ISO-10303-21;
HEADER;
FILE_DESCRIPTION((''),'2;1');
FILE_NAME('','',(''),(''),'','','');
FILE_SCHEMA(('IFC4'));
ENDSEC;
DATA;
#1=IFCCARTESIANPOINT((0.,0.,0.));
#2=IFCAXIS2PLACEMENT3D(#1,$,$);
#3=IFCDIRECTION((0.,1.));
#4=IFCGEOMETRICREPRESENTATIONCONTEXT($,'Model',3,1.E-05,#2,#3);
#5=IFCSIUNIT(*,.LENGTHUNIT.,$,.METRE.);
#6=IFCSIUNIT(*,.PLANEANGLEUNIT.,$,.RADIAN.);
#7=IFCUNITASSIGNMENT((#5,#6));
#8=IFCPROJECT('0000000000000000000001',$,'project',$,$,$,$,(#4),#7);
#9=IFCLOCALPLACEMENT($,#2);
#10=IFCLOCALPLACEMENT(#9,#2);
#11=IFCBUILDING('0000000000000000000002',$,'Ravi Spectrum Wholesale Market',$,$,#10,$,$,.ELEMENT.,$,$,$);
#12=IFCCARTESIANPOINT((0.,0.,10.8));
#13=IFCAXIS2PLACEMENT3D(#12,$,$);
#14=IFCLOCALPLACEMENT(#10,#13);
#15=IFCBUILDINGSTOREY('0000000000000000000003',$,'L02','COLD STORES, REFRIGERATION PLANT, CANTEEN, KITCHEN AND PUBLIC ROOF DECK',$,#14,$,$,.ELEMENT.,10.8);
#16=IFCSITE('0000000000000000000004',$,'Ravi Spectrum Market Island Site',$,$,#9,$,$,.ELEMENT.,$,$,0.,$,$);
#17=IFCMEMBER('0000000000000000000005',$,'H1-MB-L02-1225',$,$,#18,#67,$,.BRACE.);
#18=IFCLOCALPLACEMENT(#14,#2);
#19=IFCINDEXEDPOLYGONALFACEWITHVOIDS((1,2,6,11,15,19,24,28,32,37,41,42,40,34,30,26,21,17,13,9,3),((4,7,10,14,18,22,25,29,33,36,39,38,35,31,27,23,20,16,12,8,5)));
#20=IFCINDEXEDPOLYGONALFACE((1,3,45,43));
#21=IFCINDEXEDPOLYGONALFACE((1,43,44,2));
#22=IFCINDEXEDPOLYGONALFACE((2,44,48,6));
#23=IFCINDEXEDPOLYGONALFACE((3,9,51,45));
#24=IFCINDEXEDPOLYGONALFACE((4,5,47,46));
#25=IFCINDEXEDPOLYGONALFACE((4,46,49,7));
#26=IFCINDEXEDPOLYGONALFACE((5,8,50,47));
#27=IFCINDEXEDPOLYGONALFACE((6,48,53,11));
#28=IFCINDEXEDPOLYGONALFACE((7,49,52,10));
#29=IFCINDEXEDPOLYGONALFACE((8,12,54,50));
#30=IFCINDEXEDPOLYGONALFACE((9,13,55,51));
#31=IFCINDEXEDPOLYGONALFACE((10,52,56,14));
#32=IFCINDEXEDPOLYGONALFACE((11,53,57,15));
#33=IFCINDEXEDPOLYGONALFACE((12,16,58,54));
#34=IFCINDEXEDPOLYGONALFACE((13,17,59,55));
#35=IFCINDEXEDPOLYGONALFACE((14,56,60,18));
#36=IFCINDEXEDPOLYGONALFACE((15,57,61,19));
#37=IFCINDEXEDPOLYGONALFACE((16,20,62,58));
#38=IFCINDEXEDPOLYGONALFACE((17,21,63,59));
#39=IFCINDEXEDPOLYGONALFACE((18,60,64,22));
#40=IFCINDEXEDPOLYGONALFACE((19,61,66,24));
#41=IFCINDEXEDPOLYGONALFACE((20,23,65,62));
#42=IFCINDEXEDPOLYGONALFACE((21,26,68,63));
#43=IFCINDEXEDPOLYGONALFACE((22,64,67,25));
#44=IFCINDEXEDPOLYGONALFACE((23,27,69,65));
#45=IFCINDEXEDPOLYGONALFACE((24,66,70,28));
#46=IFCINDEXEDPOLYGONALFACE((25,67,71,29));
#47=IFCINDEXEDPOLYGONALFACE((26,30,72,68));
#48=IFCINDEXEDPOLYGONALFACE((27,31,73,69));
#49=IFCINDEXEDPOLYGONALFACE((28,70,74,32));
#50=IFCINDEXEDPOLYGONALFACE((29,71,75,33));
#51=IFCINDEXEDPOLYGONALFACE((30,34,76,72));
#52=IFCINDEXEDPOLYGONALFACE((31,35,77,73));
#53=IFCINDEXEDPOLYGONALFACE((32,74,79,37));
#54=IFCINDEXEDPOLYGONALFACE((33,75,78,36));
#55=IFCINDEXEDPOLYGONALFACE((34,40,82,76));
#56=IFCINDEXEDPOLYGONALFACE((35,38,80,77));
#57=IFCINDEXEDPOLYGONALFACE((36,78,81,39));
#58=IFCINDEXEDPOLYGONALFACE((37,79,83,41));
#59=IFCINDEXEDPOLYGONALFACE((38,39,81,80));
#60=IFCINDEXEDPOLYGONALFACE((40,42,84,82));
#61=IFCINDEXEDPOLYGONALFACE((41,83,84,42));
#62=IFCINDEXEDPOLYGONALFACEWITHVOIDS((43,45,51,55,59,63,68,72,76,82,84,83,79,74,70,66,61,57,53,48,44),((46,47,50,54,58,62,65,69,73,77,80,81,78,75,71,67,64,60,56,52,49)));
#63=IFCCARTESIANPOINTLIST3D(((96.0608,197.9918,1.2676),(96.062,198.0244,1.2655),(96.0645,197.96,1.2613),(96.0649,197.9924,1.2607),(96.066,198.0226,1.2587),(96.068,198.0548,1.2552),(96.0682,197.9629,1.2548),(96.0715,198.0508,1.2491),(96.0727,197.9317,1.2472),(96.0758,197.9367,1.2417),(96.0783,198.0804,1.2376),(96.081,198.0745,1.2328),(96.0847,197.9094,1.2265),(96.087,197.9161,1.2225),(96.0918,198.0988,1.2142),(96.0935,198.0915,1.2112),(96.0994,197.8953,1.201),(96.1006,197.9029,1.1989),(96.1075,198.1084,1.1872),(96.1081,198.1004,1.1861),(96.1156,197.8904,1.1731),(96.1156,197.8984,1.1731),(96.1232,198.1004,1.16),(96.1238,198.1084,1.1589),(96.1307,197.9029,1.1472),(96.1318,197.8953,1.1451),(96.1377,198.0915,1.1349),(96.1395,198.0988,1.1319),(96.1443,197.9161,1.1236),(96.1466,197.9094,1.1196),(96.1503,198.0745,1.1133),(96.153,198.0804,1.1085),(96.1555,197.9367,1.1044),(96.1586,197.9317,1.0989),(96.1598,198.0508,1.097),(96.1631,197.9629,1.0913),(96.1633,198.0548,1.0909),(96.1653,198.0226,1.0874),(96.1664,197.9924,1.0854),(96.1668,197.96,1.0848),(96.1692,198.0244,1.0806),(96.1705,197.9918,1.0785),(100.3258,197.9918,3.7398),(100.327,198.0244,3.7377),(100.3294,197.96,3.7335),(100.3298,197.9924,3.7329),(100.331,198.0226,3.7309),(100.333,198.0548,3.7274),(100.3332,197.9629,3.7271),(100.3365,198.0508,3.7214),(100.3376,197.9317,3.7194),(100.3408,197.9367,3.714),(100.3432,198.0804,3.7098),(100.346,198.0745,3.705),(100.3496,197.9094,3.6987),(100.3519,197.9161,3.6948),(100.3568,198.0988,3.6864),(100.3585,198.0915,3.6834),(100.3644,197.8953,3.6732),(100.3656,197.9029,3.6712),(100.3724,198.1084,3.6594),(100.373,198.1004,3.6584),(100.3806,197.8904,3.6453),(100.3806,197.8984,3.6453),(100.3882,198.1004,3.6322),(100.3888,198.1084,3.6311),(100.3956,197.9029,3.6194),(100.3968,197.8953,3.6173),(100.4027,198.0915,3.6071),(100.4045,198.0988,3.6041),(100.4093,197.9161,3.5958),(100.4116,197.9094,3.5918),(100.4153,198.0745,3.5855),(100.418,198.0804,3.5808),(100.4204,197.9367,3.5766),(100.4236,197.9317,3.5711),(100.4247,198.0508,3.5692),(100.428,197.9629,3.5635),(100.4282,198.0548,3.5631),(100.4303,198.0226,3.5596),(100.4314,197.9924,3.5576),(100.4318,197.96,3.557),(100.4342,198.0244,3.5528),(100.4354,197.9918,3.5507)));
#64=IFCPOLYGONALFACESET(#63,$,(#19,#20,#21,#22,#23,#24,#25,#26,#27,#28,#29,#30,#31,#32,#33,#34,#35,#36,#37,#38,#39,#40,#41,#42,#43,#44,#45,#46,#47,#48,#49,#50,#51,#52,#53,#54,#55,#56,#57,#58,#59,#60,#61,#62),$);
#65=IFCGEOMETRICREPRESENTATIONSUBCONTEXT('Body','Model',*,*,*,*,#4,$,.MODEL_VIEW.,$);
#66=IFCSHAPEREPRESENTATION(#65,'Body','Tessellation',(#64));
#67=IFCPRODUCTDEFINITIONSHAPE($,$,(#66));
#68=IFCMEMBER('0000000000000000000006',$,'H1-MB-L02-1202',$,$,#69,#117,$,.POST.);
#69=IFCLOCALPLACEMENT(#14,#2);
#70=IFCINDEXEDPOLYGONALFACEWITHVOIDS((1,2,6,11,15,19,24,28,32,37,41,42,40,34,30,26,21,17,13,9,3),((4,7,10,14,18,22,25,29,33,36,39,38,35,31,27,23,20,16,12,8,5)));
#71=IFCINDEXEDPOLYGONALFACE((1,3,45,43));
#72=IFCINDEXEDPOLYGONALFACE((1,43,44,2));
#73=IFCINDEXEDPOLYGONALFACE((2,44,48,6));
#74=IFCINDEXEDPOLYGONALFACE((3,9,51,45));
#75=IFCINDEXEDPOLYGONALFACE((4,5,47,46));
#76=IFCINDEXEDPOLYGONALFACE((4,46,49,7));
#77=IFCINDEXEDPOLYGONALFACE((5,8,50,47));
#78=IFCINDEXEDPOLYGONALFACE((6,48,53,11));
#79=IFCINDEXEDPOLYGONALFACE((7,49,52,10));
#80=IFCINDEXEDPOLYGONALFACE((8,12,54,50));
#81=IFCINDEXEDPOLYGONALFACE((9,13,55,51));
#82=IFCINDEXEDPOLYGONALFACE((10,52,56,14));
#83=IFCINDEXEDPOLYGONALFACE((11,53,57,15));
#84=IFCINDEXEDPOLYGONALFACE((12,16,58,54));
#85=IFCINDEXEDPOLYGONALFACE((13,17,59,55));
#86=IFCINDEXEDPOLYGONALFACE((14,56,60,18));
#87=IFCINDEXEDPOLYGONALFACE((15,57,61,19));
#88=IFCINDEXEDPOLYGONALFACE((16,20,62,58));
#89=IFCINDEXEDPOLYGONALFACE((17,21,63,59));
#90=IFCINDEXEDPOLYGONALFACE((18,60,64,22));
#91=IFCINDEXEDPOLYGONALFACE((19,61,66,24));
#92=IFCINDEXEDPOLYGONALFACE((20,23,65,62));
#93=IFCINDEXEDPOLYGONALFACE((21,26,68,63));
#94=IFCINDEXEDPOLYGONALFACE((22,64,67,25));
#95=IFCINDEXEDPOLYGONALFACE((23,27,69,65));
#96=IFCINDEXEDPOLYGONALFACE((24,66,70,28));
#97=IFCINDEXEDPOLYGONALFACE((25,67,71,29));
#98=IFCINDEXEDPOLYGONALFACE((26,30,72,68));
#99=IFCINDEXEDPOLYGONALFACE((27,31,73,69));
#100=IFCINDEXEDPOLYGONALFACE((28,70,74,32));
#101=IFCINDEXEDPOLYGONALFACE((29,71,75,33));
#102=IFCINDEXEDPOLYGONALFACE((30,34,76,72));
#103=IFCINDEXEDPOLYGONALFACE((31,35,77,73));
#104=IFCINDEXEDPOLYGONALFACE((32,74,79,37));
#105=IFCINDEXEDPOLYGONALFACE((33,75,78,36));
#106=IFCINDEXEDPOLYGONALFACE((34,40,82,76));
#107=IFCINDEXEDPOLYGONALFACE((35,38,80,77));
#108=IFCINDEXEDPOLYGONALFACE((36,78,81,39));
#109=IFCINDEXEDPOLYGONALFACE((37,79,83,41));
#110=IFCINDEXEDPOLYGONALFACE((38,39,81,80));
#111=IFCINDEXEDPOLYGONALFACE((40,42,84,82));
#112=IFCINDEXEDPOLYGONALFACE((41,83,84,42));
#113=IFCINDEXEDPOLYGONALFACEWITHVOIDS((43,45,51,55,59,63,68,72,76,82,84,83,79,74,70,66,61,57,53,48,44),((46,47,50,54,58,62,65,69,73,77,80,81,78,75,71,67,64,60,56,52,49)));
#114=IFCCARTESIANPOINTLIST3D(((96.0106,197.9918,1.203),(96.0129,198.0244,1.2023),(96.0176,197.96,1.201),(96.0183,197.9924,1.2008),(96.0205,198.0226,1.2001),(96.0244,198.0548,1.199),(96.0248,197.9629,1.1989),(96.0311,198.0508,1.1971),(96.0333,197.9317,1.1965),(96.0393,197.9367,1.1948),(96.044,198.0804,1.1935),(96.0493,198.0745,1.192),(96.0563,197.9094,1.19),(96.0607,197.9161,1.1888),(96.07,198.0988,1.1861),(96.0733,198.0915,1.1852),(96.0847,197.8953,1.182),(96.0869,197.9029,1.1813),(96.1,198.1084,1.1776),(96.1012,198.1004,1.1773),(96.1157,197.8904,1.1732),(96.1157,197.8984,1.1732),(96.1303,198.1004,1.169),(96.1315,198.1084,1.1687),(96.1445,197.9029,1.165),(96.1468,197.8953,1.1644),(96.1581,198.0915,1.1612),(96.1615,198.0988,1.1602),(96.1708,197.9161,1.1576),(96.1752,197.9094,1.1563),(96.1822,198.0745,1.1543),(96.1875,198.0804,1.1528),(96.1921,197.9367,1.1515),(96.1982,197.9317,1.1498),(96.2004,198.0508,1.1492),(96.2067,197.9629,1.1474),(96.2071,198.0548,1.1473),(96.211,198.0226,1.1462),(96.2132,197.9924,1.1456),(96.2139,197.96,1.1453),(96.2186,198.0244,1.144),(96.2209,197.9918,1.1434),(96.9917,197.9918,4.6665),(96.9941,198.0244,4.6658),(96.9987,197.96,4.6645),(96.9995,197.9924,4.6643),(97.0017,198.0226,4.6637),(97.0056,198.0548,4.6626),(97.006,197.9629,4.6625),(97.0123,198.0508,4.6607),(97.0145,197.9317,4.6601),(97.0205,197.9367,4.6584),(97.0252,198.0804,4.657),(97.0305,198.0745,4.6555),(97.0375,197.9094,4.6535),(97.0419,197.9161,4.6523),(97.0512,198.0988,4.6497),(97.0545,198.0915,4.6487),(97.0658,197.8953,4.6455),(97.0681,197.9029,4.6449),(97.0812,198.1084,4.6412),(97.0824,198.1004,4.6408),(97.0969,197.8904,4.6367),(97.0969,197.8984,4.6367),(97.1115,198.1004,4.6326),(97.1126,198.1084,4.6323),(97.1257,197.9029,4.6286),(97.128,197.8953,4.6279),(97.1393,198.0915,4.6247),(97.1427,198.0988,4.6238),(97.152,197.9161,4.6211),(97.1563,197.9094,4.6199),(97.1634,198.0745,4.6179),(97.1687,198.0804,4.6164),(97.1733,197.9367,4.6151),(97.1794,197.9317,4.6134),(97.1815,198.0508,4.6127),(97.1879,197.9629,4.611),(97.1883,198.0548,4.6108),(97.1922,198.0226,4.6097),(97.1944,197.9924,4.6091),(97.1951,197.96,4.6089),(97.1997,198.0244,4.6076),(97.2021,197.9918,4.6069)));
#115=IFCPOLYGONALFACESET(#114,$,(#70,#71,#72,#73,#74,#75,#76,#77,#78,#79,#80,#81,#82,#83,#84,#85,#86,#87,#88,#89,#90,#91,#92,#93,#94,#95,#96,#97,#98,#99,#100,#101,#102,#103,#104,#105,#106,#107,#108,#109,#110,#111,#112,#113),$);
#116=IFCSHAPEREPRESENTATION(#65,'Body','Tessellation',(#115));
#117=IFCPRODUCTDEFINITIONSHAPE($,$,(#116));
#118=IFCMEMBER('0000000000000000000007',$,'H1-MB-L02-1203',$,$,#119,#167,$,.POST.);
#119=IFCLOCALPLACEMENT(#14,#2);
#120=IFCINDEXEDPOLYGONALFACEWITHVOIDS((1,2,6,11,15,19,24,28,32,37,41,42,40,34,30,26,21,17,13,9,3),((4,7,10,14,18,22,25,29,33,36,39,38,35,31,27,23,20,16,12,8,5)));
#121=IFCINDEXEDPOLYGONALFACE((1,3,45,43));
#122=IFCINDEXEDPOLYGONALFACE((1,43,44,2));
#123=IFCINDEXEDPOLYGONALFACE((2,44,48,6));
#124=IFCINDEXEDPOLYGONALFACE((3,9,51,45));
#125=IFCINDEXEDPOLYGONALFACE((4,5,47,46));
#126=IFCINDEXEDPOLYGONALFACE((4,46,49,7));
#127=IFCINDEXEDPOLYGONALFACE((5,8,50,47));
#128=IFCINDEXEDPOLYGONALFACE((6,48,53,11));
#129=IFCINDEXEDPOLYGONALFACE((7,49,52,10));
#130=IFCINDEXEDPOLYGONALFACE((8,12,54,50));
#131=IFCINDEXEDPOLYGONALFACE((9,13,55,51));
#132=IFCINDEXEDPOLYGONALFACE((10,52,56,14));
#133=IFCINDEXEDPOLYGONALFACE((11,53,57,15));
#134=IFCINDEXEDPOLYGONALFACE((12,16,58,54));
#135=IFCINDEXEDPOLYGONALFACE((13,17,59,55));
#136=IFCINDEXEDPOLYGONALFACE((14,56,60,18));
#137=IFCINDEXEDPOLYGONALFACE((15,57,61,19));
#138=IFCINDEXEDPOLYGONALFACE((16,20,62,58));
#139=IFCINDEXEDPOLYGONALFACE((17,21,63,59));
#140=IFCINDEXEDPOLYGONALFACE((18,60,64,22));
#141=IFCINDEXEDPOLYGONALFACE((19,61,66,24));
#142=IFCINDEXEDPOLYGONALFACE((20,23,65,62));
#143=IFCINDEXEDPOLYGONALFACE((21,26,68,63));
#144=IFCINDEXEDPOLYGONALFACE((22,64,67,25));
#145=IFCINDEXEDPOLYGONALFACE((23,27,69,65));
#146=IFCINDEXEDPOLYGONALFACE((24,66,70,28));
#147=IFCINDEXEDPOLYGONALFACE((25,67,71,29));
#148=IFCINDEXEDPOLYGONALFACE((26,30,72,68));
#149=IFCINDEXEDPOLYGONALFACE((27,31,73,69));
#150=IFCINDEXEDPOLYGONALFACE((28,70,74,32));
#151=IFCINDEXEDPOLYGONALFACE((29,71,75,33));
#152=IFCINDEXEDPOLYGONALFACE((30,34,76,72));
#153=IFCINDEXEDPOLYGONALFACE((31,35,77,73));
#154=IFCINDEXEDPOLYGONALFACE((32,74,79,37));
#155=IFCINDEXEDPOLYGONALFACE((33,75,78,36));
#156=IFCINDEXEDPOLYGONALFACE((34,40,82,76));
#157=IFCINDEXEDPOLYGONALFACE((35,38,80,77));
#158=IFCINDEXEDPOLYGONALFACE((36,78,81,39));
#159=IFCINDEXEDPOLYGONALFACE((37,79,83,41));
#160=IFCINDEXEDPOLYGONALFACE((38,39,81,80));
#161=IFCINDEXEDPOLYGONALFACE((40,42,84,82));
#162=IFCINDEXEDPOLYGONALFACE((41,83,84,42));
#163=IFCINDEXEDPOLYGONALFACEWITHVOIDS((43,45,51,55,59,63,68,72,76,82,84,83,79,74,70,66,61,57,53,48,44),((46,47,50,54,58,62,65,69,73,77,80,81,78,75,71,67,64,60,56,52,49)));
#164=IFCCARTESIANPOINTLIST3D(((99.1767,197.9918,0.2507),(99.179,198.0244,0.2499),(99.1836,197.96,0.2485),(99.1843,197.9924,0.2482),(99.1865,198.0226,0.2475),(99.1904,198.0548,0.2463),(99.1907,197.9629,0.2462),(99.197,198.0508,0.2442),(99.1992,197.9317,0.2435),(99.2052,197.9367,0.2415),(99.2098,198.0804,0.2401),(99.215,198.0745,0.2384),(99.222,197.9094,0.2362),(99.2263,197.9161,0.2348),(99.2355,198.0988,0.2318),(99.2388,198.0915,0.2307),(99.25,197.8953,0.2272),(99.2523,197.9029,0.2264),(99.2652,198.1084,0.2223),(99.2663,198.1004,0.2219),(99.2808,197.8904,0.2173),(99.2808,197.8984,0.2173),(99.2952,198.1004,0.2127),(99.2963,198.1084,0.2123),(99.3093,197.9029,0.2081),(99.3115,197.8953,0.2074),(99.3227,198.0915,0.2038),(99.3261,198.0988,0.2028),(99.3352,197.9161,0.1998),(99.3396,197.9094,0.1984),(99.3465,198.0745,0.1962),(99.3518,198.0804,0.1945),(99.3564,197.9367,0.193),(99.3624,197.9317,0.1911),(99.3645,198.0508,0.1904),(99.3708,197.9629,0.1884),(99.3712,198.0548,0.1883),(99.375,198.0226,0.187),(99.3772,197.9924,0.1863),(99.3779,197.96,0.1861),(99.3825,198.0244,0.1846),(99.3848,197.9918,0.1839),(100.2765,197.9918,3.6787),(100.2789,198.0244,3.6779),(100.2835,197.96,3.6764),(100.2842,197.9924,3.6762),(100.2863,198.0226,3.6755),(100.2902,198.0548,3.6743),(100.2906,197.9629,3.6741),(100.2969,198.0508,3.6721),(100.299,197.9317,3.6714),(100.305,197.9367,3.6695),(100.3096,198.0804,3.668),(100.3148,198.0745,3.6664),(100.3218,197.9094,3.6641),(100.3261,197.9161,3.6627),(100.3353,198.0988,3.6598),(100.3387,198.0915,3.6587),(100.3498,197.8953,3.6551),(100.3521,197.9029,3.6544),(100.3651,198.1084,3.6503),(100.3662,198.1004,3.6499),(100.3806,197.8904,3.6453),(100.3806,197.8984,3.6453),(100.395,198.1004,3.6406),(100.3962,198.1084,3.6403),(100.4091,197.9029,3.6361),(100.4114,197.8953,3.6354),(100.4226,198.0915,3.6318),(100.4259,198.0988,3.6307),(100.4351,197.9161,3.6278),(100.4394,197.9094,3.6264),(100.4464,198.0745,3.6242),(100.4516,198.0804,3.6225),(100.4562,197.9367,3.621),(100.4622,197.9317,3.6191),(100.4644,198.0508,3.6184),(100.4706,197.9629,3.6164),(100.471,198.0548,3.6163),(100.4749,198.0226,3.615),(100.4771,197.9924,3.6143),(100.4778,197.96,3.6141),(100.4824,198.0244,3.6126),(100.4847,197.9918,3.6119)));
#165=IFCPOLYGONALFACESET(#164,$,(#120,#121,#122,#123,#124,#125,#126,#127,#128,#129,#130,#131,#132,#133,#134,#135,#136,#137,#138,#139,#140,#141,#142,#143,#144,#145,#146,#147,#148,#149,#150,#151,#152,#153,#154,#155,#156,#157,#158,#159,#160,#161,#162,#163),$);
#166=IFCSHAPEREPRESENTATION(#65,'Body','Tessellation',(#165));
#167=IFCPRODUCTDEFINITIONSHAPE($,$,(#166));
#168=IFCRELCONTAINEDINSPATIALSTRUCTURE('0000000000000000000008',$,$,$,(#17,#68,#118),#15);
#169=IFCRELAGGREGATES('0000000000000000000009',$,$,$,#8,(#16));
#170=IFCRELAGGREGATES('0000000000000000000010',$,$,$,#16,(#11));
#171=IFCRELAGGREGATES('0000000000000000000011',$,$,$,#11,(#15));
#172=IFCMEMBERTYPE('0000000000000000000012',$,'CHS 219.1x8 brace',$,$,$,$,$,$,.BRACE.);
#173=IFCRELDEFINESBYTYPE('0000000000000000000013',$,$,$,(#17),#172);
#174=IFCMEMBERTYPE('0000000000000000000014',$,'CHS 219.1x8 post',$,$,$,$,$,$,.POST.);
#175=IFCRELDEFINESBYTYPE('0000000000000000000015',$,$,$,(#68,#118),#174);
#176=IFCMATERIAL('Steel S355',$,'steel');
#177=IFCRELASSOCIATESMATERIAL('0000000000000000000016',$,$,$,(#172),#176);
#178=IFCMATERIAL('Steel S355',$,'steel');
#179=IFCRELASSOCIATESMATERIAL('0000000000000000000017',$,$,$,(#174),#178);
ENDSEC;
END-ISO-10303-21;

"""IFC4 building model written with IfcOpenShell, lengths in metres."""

from ifc_helpers import new_model, si_unit, direction, frame, origin, origin_2d, place, context, subcontext, project, spatial, hollow_circle, extrude, material, material_profile, profile_set, type_object, element, save


model = new_model("IFC4")

# Units and contexts
model_context = context("Model", 3, precision=1e-05, world=origin(), true_north=direction((0.0, 1.0)))
body_context = subcontext(model_context, "Body", "Model", "MODEL_VIEW")
ifc_project = project(units=[si_unit("LENGTHUNIT", "METRE"), si_unit("PLANEANGLEUNIT", "RADIAN")], contexts=[model_context])

# Site, building, storey
site_placement = place(None, origin())
site = spatial("IfcSite", under=ifc_project, at=site_placement, Name="Ravi Spectrum Market Island Site", CompositionType="ELEMENT", RefElevation=0.0)
building_placement = place(site_placement, origin())
building = spatial("IfcBuilding", under=site, at=building_placement, Name="Ravi Spectrum Wholesale Market", CompositionType="ELEMENT")
storey_placement = place(building_placement, frame((0.0, 0.0, 10.8)))
storey = spatial("IfcBuildingStorey", under=building, at=storey_placement, Name="L02", Description="COLD STORES, REFRIGERATION PLANT, CANTEEN, KITCHEN AND PUBLIC ROOF DECK", CompositionType="ELEMENT", Elevation=10.8)

# Members
ifc_material_1 = material(Name="Steel S355", Category="steel")
ifc_material_profile_1 = material_profile(ifc_material_1, hollow_circle(Radius=0.1096, WallThickness=0.0081, at=origin_2d()))
ifc_profile_set_1 = profile_set([ifc_material_profile_1], Name="Steel S355")
member_type_1 = type_object("IfcMemberType", Name="CHS 219.1x8 brace", PredefinedType="BRACE", material=ifc_profile_set_1)
for number, where, z_axis, x_axis, name in (
    (1, (100.3806, 198.0, 3.6453), (-0.865161, 0.0, -0.501495), (0.0, -1.0, 0.0), "H1-MB-L02-1225"),
):
    element("IfcMember", number, at=place(storey_placement, frame(where, z_axis=z_axis, x_axis=x_axis)), inside=storey, type_object=member_type_1, Name=name, PredefinedType="BRACE", context=body_context, shape_type="SweptSolid", body=[
        extrude(hollow_circle(Radius=0.1096, WallThickness=0.0081, at=origin_2d()), origin(), (0.0, 0.0, 1.0), 4.9297),
    ])
ifc_material_2 = material(Name="Steel S355", Category="steel")
ifc_material_profile_2 = material_profile(ifc_material_2, hollow_circle(Radius=0.1096, WallThickness=0.0081, at=origin_2d()))
ifc_profile_set_2 = profile_set([ifc_material_profile_2], Name="Steel S355")
member_type_2 = type_object("IfcMemberType", Name="CHS 219.1x8 post", PredefinedType="POST", material=ifc_profile_set_2)
member_1_placement = place(storey_placement, frame((97.0969, 198.0, 4.6367), z_axis=(-0.272562, 0.0, -0.962138), x_axis=(0.0, -1.0, 0.0)))
element("IfcMember", 2, at=member_1_placement, inside=storey, type_object=member_type_2, Name="H1-MB-L02-1202", PredefinedType="POST", context=body_context, shape_type="SweptSolid", body=[
    extrude(hollow_circle(Radius=0.1096, WallThickness=0.0081, at=origin_2d()), origin(), (0.0, 0.0, 1.0), 3.5999),
])
member_2_placement = place(storey_placement, frame((100.3806, 198.0, 3.6453), z_axis=(-0.305506, 0.0, -0.95219), x_axis=(0.0, -1.0, 0.0)))
element("IfcMember", 3, at=member_2_placement, inside=storey, type_object=member_type_2, Name="H1-MB-L02-1203", PredefinedType="POST", context=body_context, shape_type="SweptSolid", body=[
    extrude(hollow_circle(Radius=0.1096, WallThickness=0.0081, at=origin_2d()), origin(), (0.0, 0.0, 1.0), 3.6001),
])

save(model, "model.ifc")
